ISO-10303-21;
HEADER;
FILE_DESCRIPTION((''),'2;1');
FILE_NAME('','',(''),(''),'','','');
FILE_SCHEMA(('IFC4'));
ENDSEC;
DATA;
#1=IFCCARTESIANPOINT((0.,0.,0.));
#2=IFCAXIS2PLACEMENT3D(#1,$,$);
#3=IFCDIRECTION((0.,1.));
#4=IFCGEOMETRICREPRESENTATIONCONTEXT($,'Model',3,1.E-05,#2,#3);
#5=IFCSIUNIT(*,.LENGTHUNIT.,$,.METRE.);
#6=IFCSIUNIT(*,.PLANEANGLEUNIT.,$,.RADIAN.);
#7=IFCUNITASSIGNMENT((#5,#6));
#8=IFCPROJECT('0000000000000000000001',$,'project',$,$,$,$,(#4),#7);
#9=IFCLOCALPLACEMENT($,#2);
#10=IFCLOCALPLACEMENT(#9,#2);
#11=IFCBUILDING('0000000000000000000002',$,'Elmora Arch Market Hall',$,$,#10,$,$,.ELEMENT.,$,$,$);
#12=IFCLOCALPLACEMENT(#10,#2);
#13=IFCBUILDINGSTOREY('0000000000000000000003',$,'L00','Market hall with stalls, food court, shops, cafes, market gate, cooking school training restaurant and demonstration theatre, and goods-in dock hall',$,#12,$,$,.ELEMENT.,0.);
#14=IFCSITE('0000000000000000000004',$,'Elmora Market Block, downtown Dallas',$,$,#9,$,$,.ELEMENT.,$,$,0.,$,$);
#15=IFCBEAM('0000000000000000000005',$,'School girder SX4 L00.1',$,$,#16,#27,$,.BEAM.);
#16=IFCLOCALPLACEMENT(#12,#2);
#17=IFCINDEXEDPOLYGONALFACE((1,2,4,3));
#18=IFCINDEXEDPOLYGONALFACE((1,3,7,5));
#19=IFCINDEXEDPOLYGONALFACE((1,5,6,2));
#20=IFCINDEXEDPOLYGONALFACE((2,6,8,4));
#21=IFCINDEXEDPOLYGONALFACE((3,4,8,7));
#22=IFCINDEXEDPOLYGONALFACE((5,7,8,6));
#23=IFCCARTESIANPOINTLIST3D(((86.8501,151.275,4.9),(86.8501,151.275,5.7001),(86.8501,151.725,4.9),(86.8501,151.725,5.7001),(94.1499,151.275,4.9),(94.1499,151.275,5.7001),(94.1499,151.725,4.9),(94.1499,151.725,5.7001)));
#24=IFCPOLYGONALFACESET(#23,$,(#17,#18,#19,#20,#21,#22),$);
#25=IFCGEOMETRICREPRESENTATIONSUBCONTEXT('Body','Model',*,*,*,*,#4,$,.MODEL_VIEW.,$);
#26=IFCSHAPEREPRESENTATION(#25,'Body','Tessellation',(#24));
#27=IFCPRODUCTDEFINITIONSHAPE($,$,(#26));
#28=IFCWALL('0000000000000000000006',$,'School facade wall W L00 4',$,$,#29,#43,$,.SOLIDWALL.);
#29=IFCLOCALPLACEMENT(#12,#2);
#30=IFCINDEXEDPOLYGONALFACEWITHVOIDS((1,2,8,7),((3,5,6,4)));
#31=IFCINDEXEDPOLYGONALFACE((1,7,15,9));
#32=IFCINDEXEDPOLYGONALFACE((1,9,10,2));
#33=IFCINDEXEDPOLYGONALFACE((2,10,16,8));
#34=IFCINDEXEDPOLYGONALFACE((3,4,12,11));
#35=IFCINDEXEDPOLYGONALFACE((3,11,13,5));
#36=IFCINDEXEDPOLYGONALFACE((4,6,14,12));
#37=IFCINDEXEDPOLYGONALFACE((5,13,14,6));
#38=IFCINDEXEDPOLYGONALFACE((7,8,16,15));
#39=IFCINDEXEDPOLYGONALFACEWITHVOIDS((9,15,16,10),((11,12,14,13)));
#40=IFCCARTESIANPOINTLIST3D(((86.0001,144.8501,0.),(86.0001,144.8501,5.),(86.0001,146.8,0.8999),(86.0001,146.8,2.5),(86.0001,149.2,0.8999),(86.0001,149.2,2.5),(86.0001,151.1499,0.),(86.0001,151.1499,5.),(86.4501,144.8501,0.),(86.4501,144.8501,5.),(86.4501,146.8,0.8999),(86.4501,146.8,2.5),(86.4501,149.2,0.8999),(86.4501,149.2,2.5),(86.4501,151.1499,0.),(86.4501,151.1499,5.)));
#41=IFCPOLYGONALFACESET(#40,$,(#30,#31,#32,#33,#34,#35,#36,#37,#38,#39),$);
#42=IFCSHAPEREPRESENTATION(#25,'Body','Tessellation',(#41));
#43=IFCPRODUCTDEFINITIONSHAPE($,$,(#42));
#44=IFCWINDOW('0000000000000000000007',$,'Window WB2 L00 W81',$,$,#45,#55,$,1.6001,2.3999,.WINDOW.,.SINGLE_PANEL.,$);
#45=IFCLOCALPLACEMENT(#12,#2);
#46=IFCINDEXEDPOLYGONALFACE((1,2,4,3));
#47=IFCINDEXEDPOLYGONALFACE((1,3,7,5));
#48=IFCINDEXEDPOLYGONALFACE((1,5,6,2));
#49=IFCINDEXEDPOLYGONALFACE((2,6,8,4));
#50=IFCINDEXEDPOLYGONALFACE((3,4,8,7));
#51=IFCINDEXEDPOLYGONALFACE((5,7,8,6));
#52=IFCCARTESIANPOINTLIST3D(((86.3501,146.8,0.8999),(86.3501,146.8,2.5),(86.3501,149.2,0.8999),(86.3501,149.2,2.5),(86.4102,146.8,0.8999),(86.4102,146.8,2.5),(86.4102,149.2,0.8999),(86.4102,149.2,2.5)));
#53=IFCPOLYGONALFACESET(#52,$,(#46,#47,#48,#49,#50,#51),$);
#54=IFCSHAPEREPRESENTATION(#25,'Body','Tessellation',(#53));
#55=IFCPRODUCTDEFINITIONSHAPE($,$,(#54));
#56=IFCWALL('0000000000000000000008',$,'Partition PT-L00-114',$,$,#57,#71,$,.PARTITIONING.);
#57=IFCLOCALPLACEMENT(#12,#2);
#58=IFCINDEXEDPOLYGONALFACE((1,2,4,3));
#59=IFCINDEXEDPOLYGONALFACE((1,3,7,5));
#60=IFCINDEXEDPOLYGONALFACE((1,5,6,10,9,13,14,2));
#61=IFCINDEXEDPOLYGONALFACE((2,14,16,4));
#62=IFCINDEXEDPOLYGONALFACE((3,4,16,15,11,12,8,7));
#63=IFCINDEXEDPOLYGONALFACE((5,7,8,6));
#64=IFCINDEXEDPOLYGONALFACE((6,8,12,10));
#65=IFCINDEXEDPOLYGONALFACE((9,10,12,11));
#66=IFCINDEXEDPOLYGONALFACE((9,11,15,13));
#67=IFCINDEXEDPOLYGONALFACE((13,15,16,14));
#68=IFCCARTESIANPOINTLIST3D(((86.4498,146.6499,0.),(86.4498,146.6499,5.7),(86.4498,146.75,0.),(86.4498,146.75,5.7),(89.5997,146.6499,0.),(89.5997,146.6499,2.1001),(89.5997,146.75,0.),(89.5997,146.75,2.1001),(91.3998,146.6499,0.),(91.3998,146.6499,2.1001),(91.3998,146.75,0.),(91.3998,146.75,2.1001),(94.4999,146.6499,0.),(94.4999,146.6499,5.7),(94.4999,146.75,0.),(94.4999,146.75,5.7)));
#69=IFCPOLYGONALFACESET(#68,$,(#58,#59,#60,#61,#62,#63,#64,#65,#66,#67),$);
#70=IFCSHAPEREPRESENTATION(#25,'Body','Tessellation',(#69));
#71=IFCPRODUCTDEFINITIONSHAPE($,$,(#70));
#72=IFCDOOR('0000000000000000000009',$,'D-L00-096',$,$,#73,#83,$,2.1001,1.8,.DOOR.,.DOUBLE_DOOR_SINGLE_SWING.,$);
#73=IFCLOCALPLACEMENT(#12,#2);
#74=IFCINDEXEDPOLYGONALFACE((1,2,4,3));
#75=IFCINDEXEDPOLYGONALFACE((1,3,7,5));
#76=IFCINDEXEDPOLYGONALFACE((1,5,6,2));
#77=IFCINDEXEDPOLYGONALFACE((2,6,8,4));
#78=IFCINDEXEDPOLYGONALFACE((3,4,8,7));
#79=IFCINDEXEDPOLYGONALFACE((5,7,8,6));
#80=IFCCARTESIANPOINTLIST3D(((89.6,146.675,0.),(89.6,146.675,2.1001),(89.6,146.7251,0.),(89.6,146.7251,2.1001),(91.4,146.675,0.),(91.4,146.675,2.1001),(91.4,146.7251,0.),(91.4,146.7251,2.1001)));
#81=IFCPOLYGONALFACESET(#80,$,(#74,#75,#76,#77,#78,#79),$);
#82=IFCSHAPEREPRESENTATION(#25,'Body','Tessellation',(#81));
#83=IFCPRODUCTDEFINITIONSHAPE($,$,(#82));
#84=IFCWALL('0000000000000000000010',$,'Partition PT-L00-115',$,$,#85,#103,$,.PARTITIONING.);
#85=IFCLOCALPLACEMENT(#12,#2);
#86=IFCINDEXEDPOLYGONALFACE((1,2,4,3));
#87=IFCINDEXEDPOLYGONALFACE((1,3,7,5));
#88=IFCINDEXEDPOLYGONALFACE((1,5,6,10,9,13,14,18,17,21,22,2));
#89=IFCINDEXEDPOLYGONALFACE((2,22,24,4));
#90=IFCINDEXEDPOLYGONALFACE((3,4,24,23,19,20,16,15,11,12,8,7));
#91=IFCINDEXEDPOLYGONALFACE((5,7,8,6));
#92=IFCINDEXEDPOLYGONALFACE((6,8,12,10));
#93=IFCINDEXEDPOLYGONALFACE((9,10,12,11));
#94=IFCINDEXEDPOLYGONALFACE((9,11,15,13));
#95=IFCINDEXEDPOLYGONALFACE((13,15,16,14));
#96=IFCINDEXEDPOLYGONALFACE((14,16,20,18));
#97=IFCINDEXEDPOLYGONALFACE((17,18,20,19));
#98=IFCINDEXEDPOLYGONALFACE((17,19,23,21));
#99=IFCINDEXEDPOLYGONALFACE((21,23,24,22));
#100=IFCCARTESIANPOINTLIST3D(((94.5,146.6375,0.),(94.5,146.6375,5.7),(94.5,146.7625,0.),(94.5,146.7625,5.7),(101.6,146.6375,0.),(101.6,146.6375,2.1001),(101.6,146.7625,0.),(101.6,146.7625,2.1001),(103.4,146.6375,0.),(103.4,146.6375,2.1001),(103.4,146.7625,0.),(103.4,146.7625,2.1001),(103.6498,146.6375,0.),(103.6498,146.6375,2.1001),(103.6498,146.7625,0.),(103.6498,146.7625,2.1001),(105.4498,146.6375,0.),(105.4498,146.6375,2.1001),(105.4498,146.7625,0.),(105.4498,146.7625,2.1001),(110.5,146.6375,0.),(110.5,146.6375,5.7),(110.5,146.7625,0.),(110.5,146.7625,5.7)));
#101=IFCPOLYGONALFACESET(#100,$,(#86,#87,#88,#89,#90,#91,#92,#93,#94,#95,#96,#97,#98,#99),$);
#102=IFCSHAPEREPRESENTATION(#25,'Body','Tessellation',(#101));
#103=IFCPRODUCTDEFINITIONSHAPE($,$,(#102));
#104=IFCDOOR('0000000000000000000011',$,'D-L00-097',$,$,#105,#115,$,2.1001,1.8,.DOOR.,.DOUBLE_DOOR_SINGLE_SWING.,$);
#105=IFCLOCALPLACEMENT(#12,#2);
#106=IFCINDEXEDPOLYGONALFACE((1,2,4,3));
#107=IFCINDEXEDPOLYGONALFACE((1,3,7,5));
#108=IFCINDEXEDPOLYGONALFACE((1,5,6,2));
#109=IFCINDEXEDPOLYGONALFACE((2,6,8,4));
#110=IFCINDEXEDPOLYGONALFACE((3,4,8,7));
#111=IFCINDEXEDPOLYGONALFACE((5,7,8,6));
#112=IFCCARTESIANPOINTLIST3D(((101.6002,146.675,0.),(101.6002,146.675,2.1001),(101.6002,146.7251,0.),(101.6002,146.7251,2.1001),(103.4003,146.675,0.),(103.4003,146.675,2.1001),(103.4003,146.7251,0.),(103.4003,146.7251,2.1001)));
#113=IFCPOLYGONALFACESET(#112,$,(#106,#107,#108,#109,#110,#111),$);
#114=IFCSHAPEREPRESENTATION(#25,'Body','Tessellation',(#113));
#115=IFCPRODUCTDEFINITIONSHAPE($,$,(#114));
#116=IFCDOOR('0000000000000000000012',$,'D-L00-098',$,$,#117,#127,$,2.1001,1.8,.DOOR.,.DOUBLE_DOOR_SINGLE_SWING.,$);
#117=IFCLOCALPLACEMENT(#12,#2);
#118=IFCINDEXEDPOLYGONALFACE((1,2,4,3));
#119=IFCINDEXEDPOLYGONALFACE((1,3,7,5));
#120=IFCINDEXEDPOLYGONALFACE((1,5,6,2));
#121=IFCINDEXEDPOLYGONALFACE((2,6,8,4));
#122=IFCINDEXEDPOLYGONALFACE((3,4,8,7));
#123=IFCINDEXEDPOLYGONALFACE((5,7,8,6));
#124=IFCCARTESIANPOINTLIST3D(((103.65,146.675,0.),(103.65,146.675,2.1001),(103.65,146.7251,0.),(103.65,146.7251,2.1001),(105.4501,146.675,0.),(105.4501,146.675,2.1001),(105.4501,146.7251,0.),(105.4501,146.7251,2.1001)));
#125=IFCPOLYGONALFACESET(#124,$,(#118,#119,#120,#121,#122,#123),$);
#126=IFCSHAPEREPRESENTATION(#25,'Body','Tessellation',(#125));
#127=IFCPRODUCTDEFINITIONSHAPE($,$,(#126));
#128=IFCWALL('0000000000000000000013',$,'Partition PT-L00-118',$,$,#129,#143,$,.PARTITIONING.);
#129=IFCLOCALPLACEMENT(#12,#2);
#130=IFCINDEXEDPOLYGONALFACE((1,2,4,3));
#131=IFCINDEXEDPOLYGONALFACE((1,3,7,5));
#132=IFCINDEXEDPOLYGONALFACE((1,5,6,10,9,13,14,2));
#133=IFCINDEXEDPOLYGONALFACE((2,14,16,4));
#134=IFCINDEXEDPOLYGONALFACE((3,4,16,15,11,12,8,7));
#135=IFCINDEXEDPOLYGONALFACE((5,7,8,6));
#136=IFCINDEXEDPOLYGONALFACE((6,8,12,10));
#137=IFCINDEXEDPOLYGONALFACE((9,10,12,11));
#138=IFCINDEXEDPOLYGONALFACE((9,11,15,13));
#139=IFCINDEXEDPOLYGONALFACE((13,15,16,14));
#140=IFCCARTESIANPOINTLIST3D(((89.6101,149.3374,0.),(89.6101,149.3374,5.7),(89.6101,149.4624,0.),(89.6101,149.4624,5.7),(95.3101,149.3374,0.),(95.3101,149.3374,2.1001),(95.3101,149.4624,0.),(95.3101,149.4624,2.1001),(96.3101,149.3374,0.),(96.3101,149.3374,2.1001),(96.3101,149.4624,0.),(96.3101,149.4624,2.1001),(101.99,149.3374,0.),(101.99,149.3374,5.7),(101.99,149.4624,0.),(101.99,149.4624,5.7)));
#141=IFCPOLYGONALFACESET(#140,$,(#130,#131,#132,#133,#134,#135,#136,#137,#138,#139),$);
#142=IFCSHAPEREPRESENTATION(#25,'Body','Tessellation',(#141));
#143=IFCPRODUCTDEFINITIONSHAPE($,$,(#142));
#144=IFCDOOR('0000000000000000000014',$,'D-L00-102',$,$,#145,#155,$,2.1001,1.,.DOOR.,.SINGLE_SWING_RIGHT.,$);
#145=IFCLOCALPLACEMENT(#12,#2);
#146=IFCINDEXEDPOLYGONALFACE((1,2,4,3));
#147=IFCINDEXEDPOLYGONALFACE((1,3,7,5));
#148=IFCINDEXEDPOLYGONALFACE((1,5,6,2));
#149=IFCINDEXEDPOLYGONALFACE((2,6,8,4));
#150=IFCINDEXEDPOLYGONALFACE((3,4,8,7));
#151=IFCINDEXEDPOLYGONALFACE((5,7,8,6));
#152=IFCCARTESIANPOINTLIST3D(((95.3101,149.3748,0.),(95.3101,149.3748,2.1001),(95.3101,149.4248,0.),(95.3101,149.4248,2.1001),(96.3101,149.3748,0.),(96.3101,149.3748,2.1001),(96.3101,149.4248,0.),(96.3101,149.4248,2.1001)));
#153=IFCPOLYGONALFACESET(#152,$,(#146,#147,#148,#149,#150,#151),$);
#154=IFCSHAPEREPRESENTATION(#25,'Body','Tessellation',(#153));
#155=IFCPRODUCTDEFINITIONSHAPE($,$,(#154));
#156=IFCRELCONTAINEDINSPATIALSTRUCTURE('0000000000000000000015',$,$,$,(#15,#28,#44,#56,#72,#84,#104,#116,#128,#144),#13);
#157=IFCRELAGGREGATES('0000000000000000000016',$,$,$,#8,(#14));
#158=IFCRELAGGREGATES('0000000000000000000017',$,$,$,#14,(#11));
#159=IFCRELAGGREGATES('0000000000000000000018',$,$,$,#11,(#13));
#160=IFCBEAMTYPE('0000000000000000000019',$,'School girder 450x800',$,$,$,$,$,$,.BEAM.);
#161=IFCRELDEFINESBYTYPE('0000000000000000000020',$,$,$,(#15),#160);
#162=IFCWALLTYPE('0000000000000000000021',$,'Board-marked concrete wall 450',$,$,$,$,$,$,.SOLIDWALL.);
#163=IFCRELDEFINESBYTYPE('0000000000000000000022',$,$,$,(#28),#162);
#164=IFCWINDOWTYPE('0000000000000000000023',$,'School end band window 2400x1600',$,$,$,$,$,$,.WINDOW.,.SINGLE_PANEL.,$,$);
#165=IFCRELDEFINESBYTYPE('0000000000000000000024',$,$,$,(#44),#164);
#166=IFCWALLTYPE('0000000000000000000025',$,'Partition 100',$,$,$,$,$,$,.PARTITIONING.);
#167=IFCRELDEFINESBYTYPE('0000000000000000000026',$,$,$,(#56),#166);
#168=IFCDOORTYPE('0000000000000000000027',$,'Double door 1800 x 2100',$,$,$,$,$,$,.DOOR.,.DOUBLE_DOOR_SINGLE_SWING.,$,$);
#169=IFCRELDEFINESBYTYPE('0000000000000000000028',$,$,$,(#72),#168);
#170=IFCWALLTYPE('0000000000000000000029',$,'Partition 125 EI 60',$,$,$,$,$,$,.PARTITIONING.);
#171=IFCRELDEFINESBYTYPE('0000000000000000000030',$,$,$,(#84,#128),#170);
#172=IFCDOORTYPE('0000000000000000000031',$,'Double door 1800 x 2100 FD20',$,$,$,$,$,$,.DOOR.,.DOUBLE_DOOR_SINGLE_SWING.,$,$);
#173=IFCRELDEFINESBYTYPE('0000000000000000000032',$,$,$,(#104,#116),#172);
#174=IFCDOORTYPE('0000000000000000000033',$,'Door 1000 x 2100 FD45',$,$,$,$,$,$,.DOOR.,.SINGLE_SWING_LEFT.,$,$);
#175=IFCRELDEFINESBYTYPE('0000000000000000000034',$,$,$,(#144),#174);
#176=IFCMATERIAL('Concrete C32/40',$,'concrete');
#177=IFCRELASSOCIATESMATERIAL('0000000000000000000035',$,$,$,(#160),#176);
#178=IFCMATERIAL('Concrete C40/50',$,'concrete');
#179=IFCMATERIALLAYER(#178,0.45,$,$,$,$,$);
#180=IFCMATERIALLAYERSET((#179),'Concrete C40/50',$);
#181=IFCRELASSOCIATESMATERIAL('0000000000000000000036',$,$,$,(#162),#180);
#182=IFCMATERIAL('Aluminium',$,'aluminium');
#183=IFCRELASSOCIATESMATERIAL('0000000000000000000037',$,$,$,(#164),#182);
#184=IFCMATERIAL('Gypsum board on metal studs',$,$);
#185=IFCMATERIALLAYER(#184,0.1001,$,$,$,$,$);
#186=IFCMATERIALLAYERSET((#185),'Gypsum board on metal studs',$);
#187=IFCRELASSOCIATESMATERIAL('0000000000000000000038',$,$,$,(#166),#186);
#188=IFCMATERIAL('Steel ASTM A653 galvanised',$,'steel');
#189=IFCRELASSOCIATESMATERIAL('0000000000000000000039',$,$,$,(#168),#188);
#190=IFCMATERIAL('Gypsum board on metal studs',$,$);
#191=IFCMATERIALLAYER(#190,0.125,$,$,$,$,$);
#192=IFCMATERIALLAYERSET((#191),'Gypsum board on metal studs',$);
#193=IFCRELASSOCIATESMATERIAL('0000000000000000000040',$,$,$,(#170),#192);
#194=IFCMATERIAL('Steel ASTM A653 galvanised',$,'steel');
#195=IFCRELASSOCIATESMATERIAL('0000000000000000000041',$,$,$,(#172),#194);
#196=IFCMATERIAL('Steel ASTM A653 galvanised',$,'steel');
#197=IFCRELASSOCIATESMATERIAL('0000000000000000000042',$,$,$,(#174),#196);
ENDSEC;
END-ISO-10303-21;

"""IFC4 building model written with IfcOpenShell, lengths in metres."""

from ifc_helpers import new_model, si_unit, direction, frame, frame_2d, origin, origin_2d, place, context, subcontext, project, spatial, rectangle, extrude, material, layer, layer_set, material_profile, profile_set, type_object, element, fill, save


model = new_model("IFC4")

# Units and contexts
model_context = context("Model", 3, precision=1e-05, world=origin(), true_north=direction((0.0, 1.0)))
body_context = subcontext(model_context, "Body", "Model", "MODEL_VIEW")
ifc_project = project(units=[si_unit("LENGTHUNIT", "METRE"), si_unit("PLANEANGLEUNIT", "RADIAN")], contexts=[model_context])

# Site, building, storey
site_placement = place(None, origin())
site = spatial("IfcSite", under=ifc_project, at=site_placement, Name="Elmora Market Block, downtown Dallas", CompositionType="ELEMENT", RefElevation=0.0)
building_placement = place(site_placement, origin())
building = spatial("IfcBuilding", under=site, at=building_placement, Name="Elmora Arch Market Hall", CompositionType="ELEMENT")
storey_placement = place(building_placement, origin())
storey = spatial("IfcBuildingStorey", under=building, at=storey_placement, Name="L00", Description="Market hall with stalls, food court, shops, cafes, market gate, cooking school training restaurant and demonstration theatre, and goods-in dock hall", CompositionType="ELEMENT", Elevation=0.0)

# Beam
ifc_material_1 = material(Name="Concrete C32/40", Category="concrete")
ifc_material_profile_1 = material_profile(ifc_material_1, rectangle(XDim=0.45, YDim=0.8, at=origin_2d()), Name="School girder 450x800")
ifc_profile_set_1 = profile_set([ifc_material_profile_1], Name="Concrete C32/40")
beam_type_1 = type_object("IfcBeamType", Name="School girder 450x800", PredefinedType="BEAM", material=ifc_profile_set_1)
beam_placement = place(storey_placement, frame((86.8501, 151.5, 5.3), z_axis=(1.0, 0.0, 0.0), x_axis=(0.0, 1.0, 0.0)))
element("IfcBeam", 1, at=beam_placement, inside=storey, type_object=beam_type_1, Name="School girder SX4 L00.1", PredefinedType="BEAM", context=body_context, shape_type="SweptSolid", body=[
    extrude(rectangle(XDim=0.45, YDim=0.8, at=origin_2d()), origin(), (0.0, 0.0, 1.0), 7.2998),
])

# Wall, opening, window
ifc_material_2 = material(Name="Concrete C40/50", Category="concrete")
ifc_layer_1 = layer(ifc_material_2, 0.45)
ifc_layer_set_1 = layer_set([ifc_layer_1], Name="Concrete C40/50")
wall_type_1 = type_object("IfcWallType", Name="Board-marked concrete wall 450", PredefinedType="SOLIDWALL", material=ifc_layer_set_1)
wall_1_placement = place(storey_placement, frame((86.2251, 144.8501, 0.0), z_axis=(0.0, 0.0, 1.0), x_axis=(0.0, 1.0, 0.0)))
wall_1 = element("IfcWall", 2, at=wall_1_placement, inside=storey, type_object=wall_type_1, Name="School facade wall W L00 4", PredefinedType="SOLIDWALL", context=body_context, shape_type="SweptSolid", body=[
    extrude(rectangle(XDim=6.2998, YDim=0.45, at=frame_2d((3.1499, 0.0))), origin(), (0.0, 0.0, 1.0), 5.0),
])
opening_1_placement = place(wall_1_placement, frame((1.95, 0.0, 0.8999)))
opening_1 = element("IfcOpeningElement", 3, at=opening_1_placement, cuts=wall_1, PredefinedType="OPENING", context=body_context, shape_type="SweptSolid", body=[
    extrude(rectangle(XDim=2.3999, YDim=1.6001, at=frame_2d((1.2, 0.8))), frame((0.0, 0.2349, 0.0), z_axis=(0.0, -1.0, 0.0), x_axis=(1.0, 0.0, 0.0)), (0.0, 0.0, 1.0), 0.47),
])
ifc_material_3 = material(Name="Aluminium", Category="aluminium")
window_type = type_object("IfcWindowType", Name="School end band window 2400x1600", PartitioningType="SINGLE_PANEL", PredefinedType="WINDOW", material=ifc_material_3)
window_placement = place(opening_1_placement, origin())
window = element("IfcWindow", 4, at=window_placement, inside=storey, type_object=window_type, Name="Window WB2 L00 W81", OverallHeight=1.6001, OverallWidth=2.3999, PartitioningType="SINGLE_PANEL", PredefinedType="WINDOW", context=body_context, shape_type="SweptSolid", body=[
    extrude(rectangle(XDim=2.3999, YDim=1.6001, at=frame_2d((1.2, 0.8))), frame((0.0, -0.125, 0.0), z_axis=(0.0, -1.0, 0.0), x_axis=(1.0, 0.0, 0.0)), (0.0, 0.0, 1.0), 0.0601),
])
fill(opening_1, window)

# Wall, opening, door
ifc_material_4 = material(Name="Gypsum board on metal studs")
ifc_layer_2 = layer(ifc_material_4, 0.1001)
ifc_layer_set_2 = layer_set([ifc_layer_2], Name="Gypsum board on metal studs")
wall_type_2 = type_object("IfcWallType", Name="Partition 100", PredefinedType="PARTITIONING", material=ifc_layer_set_2)
wall_2_placement = place(storey_placement, frame((86.45, 146.7, 0.0), z_axis=(0.0, 0.0, 1.0), x_axis=(1.0, 0.0, 0.0)))
wall_2 = element("IfcWall", 5, at=wall_2_placement, inside=storey, type_object=wall_type_2, Name="Partition PT-L00-114", PredefinedType="PARTITIONING", context=body_context, shape_type="SweptSolid", body=[
    extrude(rectangle(XDim=8.05, YDim=0.1001, at=frame_2d((4.0249, 0.0))), origin(), (0.0, 0.0, 1.0), 5.7),
])
opening_2_placement = place(wall_2_placement, frame((3.1499, 0.0, 0.0)))
opening_2 = element("IfcOpeningElement", 6, at=opening_2_placement, cuts=wall_2, PredefinedType="OPENING", context=body_context, shape_type="SweptSolid", body=[
    extrude(rectangle(XDim=1.8, YDim=2.1001, at=frame_2d((0.8999, 1.05))), frame((0.0, 0.0601, 0.0), z_axis=(0.0, -1.0, 0.0), x_axis=(1.0, 0.0, 0.0)), (0.0, 0.0, 1.0), 0.1201),
])
ifc_material_5 = material(Name="Steel ASTM A653 galvanised", Category="steel")
door_type_1 = type_object("IfcDoorType", Name="Double door 1800 x 2100", OperationType="DOUBLE_DOOR_SINGLE_SWING", PredefinedType="DOOR", material=ifc_material_5)
door_1_placement = place(opening_2_placement, frame((1.8, 0.0, 0.0), z_axis=(0.0, 0.0, 1.0), x_axis=(-1.0, 0.0, 0.0)))
door_1 = element("IfcDoor", 7, at=door_1_placement, inside=storey, type_object=door_type_1, Name="D-L00-096", OperationType="DOUBLE_DOOR_SINGLE_SWING", OverallHeight=2.1001, OverallWidth=1.8, PredefinedType="DOOR", context=body_context, shape_type="SweptSolid", body=[
    extrude(rectangle(XDim=1.8, YDim=2.1001, at=frame_2d((0.8999, 1.05))), frame((0.0, 0.0249, 0.0), z_axis=(0.0, -1.0, 0.0), x_axis=(1.0, 0.0, 0.0)), (0.0, 0.0, 1.0), 0.05),
])
fill(opening_2, door_1)

# Wall, openings, doors
ifc_material_6 = material(Name="Gypsum board on metal studs")
ifc_layer_3 = layer(ifc_material_6, 0.125)
ifc_layer_set_3 = layer_set([ifc_layer_3], Name="Gypsum board on metal studs")
wall_type_3 = type_object("IfcWallType", Name="Partition 125 EI 60", PredefinedType="PARTITIONING", material=ifc_layer_set_3)
wall_3_placement = place(storey_placement, frame((94.5, 146.7, 0.0), z_axis=(0.0, 0.0, 1.0), x_axis=(1.0, 0.0, 0.0)))
wall_3 = element("IfcWall", 8, at=wall_3_placement, inside=storey, type_object=wall_type_3, Name="Partition PT-L00-115", PredefinedType="PARTITIONING", context=body_context, shape_type="SweptSolid", body=[
    extrude(rectangle(XDim=16.0, YDim=0.125, at=frame_2d((8.0, 0.0))), origin(), (0.0, 0.0, 1.0), 5.7),
])
opening_3_placement = place(wall_3_placement, frame((7.1001, 0.0, 0.0)))
opening_3 = element("IfcOpeningElement", 9, at=opening_3_placement, cuts=wall_3, PredefinedType="OPENING", context=body_context, shape_type="SweptSolid", body=[
    extrude(rectangle(XDim=1.8, YDim=2.1001, at=frame_2d((0.8999, 1.05))), frame((0.0, 0.0725, 0.0), z_axis=(0.0, -1.0, 0.0), x_axis=(1.0, 0.0, 0.0)), (0.0, 0.0, 1.0), 0.145),
])
opening_4_placement = place(wall_3_placement, frame((9.1499, 0.0, 0.0)))
opening_4 = element("IfcOpeningElement", 10, at=opening_4_placement, cuts=wall_3, PredefinedType="OPENING", context=body_context, shape_type="SweptSolid", body=[
    extrude(rectangle(XDim=1.8, YDim=2.1001, at=frame_2d((0.8999, 1.05))), frame((0.0, 0.0725, 0.0), z_axis=(0.0, -1.0, 0.0), x_axis=(1.0, 0.0, 0.0)), (0.0, 0.0, 1.0), 0.145),
])
ifc_material_7 = material(Name="Steel ASTM A653 galvanised", Category="steel")
door_type_2 = type_object("IfcDoorType", Name="Double door 1800 x 2100 FD20", OperationType="DOUBLE_DOOR_SINGLE_SWING", PredefinedType="DOOR", material=ifc_material_7)
door_2_placement = place(opening_3_placement, frame((1.8, 0.0, 0.0), z_axis=(0.0, 0.0, 1.0), x_axis=(-1.0, 0.0, 0.0)))
door_2 = element("IfcDoor", 11, at=door_2_placement, inside=storey, type_object=door_type_2, Name="D-L00-097", OperationType="DOUBLE_DOOR_SINGLE_SWING", OverallHeight=2.1001, OverallWidth=1.8, PredefinedType="DOOR", context=body_context, shape_type="SweptSolid", body=[
    extrude(rectangle(XDim=1.8, YDim=2.1001, at=frame_2d((0.8999, 1.05))), frame((0.0, 0.0249, 0.0), z_axis=(0.0, -1.0, 0.0), x_axis=(1.0, 0.0, 0.0)), (0.0, 0.0, 1.0), 0.05),
])
fill(opening_3, door_2)
door_3_placement = place(opening_4_placement, frame((1.8, 0.0, 0.0), z_axis=(0.0, 0.0, 1.0), x_axis=(-1.0, 0.0, 0.0)))
door_3 = element("IfcDoor", 12, at=door_3_placement, inside=storey, type_object=door_type_2, Name="D-L00-098", OperationType="DOUBLE_DOOR_SINGLE_SWING", OverallHeight=2.1001, OverallWidth=1.8, PredefinedType="DOOR", context=body_context, shape_type="SweptSolid", body=[
    extrude(rectangle(XDim=1.8, YDim=2.1001, at=frame_2d((0.8999, 1.05))), frame((0.0, 0.0249, 0.0), z_axis=(0.0, -1.0, 0.0), x_axis=(1.0, 0.0, 0.0)), (0.0, 0.0, 1.0), 0.05),
])
fill(opening_4, door_3)

# Wall, opening, door
wall_4_placement = place(storey_placement, frame((89.6101, 149.3999, 0.0), z_axis=(0.0, 0.0, 1.0), x_axis=(1.0, 0.0, 0.0)))
wall_4 = element("IfcWall", 13, at=wall_4_placement, inside=storey, type_object=wall_type_3, Name="Partition PT-L00-118", PredefinedType="PARTITIONING", context=body_context, shape_type="SweptSolid", body=[
    extrude(rectangle(XDim=12.3799, YDim=0.125, at=frame_2d((6.1899, 0.0))), origin(), (0.0, 0.0, 1.0), 5.7),
])
opening_5_placement = place(wall_4_placement, frame((5.7, 0.0, 0.0)))
opening_5 = element("IfcOpeningElement", 14, at=opening_5_placement, cuts=wall_4, PredefinedType="OPENING", context=body_context, shape_type="SweptSolid", body=[
    extrude(rectangle(XDim=1.0, YDim=2.1001, at=frame_2d((0.5, 1.05))), frame((0.0, 0.0725, 0.0), z_axis=(0.0, -1.0, 0.0), x_axis=(1.0, 0.0, 0.0)), (0.0, 0.0, 1.0), 0.145),
])
ifc_material_8 = material(Name="Steel ASTM A653 galvanised", Category="steel")
door_type_3 = type_object("IfcDoorType", Name="Door 1000 x 2100 FD45", OperationType="SINGLE_SWING_LEFT", PredefinedType="DOOR", material=ifc_material_8)
door_4_placement = place(opening_5_placement, origin())
door_4 = element("IfcDoor", 15, at=door_4_placement, inside=storey, type_object=door_type_3, Name="D-L00-102", OperationType="SINGLE_SWING_RIGHT", OverallHeight=2.1001, OverallWidth=1.0, PredefinedType="DOOR", context=body_context, shape_type="SweptSolid", body=[
    extrude(rectangle(XDim=1.0, YDim=2.1001, at=frame_2d((0.5, 1.05))), frame((0.0, 0.0249, 0.0), z_axis=(0.0, -1.0, 0.0), x_axis=(1.0, 0.0, 0.0)), (0.0, 0.0, 1.0), 0.05),
])
fill(opening_5, door_4)

save(model, "model.ifc")
